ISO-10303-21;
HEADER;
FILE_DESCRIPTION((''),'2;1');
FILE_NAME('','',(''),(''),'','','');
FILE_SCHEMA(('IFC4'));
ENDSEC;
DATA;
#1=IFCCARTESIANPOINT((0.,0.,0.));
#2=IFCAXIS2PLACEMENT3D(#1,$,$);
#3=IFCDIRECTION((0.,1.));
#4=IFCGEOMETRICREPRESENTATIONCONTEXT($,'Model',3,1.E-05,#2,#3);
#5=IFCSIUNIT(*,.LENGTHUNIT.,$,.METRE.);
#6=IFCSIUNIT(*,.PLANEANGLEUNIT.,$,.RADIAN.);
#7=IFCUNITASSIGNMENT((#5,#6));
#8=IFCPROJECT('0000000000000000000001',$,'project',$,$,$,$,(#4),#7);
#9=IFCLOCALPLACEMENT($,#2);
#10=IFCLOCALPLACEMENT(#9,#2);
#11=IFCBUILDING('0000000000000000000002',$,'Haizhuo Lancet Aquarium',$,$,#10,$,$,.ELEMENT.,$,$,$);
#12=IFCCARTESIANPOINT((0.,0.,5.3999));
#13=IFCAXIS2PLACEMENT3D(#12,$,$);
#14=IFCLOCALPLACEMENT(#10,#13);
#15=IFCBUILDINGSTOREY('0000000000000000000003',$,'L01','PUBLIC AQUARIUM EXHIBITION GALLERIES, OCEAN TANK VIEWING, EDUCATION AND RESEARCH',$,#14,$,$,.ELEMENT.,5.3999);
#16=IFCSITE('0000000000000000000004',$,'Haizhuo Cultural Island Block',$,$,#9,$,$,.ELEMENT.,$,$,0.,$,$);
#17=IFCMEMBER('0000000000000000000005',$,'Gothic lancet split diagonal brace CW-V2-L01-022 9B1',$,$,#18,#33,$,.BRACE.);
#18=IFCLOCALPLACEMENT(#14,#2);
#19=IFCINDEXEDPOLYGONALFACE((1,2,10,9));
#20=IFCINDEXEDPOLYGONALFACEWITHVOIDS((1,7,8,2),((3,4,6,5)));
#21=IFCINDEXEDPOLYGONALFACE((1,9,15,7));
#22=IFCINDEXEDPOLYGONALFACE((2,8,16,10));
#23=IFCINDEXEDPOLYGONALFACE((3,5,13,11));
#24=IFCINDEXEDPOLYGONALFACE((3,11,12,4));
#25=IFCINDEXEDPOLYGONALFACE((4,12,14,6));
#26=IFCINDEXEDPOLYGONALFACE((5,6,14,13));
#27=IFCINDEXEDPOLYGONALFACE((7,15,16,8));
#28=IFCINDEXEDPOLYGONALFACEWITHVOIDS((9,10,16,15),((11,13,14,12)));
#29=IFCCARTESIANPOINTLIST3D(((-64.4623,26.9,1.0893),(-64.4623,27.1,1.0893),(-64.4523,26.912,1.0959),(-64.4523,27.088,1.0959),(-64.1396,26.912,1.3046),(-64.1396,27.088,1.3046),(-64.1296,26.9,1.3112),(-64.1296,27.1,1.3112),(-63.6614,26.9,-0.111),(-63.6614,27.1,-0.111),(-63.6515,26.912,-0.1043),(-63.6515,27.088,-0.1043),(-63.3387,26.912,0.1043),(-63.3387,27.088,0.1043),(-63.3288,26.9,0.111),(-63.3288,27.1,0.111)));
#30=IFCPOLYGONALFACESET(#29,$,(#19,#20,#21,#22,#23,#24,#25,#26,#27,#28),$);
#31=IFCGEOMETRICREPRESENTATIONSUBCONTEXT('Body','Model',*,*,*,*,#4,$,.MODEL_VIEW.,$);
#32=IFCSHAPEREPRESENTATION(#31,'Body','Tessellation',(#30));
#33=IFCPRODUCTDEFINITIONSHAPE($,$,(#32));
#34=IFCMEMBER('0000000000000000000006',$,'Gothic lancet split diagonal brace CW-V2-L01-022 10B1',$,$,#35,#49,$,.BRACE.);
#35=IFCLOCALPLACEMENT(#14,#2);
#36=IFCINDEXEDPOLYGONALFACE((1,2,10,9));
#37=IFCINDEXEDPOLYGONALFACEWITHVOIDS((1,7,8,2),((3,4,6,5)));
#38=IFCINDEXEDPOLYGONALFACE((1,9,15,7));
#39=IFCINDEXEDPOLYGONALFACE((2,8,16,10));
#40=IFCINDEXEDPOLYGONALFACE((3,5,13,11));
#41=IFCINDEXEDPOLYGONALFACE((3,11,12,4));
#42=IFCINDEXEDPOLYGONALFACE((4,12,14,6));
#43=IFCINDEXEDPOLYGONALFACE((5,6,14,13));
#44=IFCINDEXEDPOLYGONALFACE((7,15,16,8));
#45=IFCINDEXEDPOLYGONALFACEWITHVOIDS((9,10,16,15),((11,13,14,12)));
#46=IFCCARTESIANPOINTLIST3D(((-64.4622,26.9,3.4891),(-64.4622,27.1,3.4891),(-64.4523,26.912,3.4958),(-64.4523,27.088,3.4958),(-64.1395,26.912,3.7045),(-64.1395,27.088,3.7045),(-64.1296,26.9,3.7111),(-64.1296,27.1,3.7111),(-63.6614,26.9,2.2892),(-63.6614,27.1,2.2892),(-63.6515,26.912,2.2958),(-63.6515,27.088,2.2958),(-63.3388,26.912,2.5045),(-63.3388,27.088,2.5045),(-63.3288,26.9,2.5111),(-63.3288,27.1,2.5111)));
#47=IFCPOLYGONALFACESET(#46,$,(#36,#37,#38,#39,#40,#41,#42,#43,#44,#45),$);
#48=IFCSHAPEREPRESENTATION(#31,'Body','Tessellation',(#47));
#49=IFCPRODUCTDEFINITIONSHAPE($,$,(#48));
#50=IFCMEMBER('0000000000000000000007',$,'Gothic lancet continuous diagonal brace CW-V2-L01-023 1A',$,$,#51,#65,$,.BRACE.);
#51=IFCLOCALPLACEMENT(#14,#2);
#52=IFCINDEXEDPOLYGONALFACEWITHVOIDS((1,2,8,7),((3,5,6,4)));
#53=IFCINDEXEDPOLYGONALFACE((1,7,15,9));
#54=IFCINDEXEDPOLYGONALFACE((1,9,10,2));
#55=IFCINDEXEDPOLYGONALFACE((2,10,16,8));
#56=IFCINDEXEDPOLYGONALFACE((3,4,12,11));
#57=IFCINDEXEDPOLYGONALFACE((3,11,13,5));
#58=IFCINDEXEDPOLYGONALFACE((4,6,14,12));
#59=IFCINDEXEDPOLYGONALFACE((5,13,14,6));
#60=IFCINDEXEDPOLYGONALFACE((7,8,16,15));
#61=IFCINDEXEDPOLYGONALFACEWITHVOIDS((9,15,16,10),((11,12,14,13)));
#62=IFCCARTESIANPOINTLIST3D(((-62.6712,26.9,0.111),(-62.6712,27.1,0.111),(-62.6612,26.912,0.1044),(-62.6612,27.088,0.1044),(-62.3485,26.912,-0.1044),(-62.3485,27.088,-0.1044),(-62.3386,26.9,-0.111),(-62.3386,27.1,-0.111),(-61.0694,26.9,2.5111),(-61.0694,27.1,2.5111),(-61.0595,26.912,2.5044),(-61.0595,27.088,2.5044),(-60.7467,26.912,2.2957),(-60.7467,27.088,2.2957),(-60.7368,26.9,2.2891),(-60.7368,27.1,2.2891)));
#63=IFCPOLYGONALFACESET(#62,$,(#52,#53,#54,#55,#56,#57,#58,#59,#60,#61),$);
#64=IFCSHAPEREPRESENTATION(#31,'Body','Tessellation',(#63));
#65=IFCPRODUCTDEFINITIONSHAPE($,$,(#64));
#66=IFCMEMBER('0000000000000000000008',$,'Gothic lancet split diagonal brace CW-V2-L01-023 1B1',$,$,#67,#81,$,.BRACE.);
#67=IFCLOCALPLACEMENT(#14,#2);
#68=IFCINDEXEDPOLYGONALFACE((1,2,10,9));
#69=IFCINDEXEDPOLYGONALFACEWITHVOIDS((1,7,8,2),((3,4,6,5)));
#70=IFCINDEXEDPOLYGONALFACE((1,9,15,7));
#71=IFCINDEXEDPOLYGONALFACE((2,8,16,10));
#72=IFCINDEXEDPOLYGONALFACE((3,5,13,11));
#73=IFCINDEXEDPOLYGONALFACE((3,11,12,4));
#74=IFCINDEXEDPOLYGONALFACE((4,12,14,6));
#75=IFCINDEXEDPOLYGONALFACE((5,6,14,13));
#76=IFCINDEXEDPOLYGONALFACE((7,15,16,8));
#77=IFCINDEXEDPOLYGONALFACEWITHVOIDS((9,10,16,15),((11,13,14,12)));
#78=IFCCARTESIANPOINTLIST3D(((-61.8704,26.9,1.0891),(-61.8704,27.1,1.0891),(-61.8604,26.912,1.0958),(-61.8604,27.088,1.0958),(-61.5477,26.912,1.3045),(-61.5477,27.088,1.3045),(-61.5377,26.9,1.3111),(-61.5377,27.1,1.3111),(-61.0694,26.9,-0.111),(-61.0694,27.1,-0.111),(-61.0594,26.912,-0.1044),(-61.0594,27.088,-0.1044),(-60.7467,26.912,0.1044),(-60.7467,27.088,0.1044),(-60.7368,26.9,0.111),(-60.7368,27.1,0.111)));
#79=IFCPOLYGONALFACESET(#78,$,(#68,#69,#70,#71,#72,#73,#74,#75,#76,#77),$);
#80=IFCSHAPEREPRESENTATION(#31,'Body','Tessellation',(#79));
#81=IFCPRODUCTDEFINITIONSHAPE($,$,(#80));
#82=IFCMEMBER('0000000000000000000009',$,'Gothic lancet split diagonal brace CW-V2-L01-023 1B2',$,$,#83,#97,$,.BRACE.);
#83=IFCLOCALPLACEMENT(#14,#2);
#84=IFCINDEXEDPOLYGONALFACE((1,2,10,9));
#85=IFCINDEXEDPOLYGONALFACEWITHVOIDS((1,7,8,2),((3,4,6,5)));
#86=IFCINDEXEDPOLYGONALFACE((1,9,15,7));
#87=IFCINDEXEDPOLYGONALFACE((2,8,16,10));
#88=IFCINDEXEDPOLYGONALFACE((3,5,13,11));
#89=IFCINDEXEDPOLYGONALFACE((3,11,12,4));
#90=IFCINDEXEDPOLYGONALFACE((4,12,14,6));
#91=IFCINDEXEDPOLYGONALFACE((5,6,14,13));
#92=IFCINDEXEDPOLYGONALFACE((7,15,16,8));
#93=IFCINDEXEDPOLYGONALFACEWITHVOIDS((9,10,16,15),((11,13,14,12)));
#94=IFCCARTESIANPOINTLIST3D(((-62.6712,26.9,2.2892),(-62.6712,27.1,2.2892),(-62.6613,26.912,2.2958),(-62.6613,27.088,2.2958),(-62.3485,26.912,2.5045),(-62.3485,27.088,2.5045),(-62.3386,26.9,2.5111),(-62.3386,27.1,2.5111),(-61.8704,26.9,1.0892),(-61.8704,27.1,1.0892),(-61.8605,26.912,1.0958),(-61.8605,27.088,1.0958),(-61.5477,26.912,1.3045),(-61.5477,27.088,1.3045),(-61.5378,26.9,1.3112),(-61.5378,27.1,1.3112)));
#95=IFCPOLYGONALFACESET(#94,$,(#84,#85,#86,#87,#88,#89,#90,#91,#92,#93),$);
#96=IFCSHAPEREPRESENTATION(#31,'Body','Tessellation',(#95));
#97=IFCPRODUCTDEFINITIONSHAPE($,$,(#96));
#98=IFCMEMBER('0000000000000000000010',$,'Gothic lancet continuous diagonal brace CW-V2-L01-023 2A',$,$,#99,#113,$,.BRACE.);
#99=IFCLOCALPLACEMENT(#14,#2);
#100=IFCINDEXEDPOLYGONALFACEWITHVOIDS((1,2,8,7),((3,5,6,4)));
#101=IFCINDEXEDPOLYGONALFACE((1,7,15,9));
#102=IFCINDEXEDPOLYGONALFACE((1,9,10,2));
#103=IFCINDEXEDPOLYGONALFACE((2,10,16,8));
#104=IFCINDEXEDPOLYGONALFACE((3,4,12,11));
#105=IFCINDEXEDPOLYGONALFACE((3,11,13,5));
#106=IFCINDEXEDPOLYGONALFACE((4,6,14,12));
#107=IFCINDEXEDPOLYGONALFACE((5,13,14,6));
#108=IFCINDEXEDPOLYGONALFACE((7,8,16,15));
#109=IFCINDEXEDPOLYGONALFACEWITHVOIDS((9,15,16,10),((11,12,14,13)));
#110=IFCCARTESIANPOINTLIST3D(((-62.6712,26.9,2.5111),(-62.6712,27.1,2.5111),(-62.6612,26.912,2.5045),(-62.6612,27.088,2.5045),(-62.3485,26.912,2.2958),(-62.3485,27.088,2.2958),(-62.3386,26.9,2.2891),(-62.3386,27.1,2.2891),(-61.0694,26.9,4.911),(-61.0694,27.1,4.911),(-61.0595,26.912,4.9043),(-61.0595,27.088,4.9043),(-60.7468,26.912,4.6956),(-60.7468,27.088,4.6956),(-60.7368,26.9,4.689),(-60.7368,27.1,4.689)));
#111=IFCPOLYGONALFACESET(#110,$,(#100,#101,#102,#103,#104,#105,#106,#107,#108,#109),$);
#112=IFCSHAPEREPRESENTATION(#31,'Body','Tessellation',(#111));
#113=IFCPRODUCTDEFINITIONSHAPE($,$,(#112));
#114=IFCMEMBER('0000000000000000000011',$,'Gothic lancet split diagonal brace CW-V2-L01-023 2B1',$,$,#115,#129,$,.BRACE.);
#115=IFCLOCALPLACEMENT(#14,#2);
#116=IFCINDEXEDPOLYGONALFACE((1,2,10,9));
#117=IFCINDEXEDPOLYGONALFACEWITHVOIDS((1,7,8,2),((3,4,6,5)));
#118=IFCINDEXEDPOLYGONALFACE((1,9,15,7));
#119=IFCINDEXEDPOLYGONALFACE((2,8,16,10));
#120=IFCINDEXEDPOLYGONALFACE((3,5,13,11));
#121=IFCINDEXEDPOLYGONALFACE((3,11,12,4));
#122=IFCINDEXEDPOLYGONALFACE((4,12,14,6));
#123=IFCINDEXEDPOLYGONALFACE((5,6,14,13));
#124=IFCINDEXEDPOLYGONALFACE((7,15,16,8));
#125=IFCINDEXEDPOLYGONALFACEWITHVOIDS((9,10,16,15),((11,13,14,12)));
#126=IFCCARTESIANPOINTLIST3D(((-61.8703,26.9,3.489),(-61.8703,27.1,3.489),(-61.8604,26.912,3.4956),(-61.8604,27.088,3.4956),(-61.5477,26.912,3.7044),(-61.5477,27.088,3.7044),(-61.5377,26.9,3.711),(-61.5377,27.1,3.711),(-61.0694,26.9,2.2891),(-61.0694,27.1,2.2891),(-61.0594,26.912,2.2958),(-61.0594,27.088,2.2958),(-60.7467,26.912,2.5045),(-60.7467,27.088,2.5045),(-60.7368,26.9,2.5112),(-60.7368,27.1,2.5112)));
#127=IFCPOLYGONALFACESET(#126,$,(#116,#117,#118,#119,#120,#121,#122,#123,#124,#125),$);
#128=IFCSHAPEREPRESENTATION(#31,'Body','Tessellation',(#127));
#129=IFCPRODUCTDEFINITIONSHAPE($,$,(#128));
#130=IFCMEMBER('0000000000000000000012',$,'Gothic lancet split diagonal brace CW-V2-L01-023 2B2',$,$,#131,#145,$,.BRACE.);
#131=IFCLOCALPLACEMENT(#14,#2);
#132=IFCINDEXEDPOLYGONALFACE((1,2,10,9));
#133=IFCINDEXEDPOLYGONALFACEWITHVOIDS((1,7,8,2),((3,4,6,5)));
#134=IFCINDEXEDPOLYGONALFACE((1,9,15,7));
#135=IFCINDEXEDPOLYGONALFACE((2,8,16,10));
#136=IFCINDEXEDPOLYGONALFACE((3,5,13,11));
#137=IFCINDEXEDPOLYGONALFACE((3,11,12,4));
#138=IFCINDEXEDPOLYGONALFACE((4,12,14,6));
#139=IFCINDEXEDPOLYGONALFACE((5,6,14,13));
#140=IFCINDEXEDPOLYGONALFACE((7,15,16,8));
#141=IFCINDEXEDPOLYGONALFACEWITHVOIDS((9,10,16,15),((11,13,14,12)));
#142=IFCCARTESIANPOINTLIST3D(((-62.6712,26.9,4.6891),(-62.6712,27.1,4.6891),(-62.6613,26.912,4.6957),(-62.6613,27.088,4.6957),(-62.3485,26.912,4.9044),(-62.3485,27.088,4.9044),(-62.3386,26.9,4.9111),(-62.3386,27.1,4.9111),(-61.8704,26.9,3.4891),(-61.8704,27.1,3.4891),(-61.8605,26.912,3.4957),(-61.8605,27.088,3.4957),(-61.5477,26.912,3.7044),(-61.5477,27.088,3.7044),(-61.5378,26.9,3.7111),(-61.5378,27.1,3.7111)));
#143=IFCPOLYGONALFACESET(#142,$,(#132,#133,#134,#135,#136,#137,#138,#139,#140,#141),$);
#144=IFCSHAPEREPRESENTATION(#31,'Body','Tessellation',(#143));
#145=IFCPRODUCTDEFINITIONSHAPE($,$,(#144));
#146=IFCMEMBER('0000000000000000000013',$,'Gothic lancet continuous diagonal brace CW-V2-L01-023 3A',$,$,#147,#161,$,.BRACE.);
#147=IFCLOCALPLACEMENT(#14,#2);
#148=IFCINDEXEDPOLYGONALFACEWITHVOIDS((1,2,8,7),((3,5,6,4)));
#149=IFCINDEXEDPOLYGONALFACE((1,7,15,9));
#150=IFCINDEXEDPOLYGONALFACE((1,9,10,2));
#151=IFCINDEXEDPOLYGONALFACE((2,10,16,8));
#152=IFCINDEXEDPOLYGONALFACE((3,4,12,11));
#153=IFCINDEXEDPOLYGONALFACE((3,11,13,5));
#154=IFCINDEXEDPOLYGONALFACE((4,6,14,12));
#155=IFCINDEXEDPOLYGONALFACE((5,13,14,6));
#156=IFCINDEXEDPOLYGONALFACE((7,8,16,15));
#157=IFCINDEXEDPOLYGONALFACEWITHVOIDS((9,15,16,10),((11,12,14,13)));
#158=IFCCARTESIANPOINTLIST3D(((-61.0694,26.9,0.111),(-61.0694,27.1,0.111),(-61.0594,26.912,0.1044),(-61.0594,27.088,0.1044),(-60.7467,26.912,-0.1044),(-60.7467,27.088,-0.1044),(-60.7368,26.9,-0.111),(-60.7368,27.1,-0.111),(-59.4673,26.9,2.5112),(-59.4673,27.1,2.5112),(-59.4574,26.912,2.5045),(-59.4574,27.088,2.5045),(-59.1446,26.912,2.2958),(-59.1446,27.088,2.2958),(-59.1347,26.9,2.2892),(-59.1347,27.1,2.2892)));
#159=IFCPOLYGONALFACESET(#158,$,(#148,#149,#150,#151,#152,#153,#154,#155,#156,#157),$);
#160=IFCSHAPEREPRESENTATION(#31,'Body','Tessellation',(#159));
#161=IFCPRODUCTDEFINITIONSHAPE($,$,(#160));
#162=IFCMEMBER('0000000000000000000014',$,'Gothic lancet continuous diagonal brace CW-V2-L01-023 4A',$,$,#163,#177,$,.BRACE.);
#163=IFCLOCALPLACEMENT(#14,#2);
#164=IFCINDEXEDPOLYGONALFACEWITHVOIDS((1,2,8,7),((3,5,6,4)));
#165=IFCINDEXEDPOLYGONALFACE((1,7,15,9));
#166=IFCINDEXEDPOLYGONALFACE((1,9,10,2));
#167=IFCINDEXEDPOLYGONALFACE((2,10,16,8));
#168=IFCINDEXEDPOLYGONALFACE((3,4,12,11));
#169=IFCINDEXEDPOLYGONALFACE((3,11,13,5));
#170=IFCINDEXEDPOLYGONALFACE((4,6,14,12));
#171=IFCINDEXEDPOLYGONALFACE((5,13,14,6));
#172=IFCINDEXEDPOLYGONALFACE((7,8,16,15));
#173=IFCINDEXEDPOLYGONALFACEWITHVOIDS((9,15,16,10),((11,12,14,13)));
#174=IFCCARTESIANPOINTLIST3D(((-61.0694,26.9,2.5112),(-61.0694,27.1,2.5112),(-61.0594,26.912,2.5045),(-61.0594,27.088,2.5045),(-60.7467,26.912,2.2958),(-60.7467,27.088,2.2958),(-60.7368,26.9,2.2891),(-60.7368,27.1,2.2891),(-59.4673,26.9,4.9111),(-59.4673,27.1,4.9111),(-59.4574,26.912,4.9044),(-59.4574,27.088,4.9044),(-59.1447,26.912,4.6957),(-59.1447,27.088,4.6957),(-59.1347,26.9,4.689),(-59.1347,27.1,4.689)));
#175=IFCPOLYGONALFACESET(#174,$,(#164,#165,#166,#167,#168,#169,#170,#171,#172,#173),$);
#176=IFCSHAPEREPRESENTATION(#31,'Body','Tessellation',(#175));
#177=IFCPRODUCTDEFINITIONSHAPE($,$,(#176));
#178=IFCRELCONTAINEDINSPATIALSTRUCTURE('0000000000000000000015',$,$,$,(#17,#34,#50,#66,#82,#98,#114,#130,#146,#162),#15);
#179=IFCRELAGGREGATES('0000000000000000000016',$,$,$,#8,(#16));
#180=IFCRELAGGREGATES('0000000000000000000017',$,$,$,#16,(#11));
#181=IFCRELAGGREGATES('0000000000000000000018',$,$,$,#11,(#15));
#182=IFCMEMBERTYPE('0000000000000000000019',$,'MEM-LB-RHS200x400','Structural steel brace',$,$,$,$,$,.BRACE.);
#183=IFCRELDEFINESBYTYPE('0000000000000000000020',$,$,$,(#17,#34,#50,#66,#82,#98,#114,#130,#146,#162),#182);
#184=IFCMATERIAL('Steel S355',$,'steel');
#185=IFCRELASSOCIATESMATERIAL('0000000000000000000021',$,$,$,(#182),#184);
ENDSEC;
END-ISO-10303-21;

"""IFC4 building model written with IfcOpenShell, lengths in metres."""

from ifc_helpers import new_model, si_unit, direction, frame, origin, origin_2d, place, context, subcontext, project, spatial, hollow_rectangle, extrude, material, material_profile, profile_set, type_object, element, save


model = new_model("IFC4")

# Units and contexts
model_context = context("Model", 3, precision=1e-05, world=origin(), true_north=direction((0.0, 1.0)))
body_context = subcontext(model_context, "Body", "Model", "MODEL_VIEW")
ifc_project = project(units=[si_unit("LENGTHUNIT", "METRE"), si_unit("PLANEANGLEUNIT", "RADIAN")], contexts=[model_context])

# Site, building, storey
site_placement = place(None, origin())
site = spatial("IfcSite", under=ifc_project, at=site_placement, Name="Haizhuo Cultural Island Block", CompositionType="ELEMENT", RefElevation=0.0)
building_placement = place(site_placement, origin())
building = spatial("IfcBuilding", under=site, at=building_placement, Name="Haizhuo Lancet Aquarium", CompositionType="ELEMENT")
storey_placement = place(building_placement, frame((0.0, 0.0, 5.3999)))
storey = spatial("IfcBuildingStorey", under=building, at=storey_placement, Name="L01", Description="PUBLIC AQUARIUM EXHIBITION GALLERIES, OCEAN TANK VIEWING, EDUCATION AND RESEARCH", CompositionType="ELEMENT", Elevation=5.3999)

# Shared definitions
ifc_material_1 = material(Name="Steel S355", Category="steel")

# Members
ifc_material_profile_1 = material_profile(ifc_material_1, hollow_rectangle(XDim=0.2, YDim=0.3999, WallThickness=0.012, at=origin_2d()), Name="RHS 200x400x12")
ifc_profile_set_1 = profile_set([ifc_material_profile_1], Name="Steel S355")
member_type_1 = type_object("IfcMemberType", Name="MEM-LB-RHS200x400", Description="Structural steel brace", PredefinedType="BRACE", material=ifc_profile_set_1)
member_1_placement = place(storey_placement, frame((-63.4951, 27.0, 0.0), z_axis=(-0.555013, 0.0, 0.831842), x_axis=(0.0, -1.0, 0.0)))
element("IfcMember", 1, at=member_1_placement, inside=storey, type_object=member_type_1, Name="Gothic lancet split diagonal brace CW-V2-L01-022 9B1", PredefinedType="BRACE", context=body_context, shape_type="SweptSolid", body=[
    extrude(hollow_rectangle(XDim=0.2, YDim=0.3999, WallThickness=0.012, at=origin_2d()), origin(), (0.0, 0.0, 1.0), 1.4429),
])
member_2_placement = place(storey_placement, frame((-63.4951, 27.0, 2.4001), z_axis=(-0.555091, 0.0, 0.83179), x_axis=(0.0, -1.0, 0.0)))
element("IfcMember", 2, at=member_2_placement, inside=storey, type_object=member_type_1, Name="Gothic lancet split diagonal brace CW-V2-L01-022 10B1", PredefinedType="BRACE", context=body_context, shape_type="SweptSolid", body=[
    extrude(hollow_rectangle(XDim=0.2, YDim=0.3999, WallThickness=0.012, at=origin_2d()), origin(), (0.0, 0.0, 1.0), 1.4426),
])
member_3_placement = place(storey_placement, frame((-62.5049, 27.0, 0.0), z_axis=(0.55511, 0.0, 0.831777), x_axis=(0.0, 1.0, 0.0)))
element("IfcMember", 3, at=member_3_placement, inside=storey, type_object=member_type_1, Name="Gothic lancet continuous diagonal brace CW-V2-L01-023 1A", PredefinedType="BRACE", context=body_context, shape_type="SweptSolid", body=[
    extrude(hollow_rectangle(XDim=0.2, YDim=0.3999, WallThickness=0.012, at=origin_2d()), origin(), (0.0, 0.0, 1.0), 2.8855),
])
member_4_placement = place(storey_placement, frame((-60.9031, 27.0, 0.0), z_axis=(-0.55513, 0.0, 0.831764), x_axis=(0.0, -1.0, 0.0)))
element("IfcMember", 4, at=member_4_placement, inside=storey, type_object=member_type_1, Name="Gothic lancet split diagonal brace CW-V2-L01-023 1B1", PredefinedType="BRACE", context=body_context, shape_type="SweptSolid", body=[
    extrude(hollow_rectangle(XDim=0.2, YDim=0.3999, WallThickness=0.012, at=origin_2d()), origin(), (0.0, 0.0, 1.0), 1.4429),
])
member_5_placement = place(storey_placement, frame((-61.7041, 27.0, 1.2002), z_axis=(-0.555091, 0.0, 0.83179), x_axis=(0.0, -1.0, 0.0)))
element("IfcMember", 5, at=member_5_placement, inside=storey, type_object=member_type_1, Name="Gothic lancet split diagonal brace CW-V2-L01-023 1B2", PredefinedType="BRACE", context=body_context, shape_type="SweptSolid", body=[
    extrude(hollow_rectangle(XDim=0.2, YDim=0.3999, WallThickness=0.012, at=origin_2d()), origin(), (0.0, 0.0, 1.0), 1.4426),
])
member_6_placement = place(storey_placement, frame((-62.5049, 27.0, 2.4001), z_axis=(0.555149, 0.0, 0.831751), x_axis=(0.0, 1.0, 0.0)))
element("IfcMember", 6, at=member_6_placement, inside=storey, type_object=member_type_1, Name="Gothic lancet continuous diagonal brace CW-V2-L01-023 2A", PredefinedType="BRACE", context=body_context, shape_type="SweptSolid", body=[
    extrude(hollow_rectangle(XDim=0.2, YDim=0.3999, WallThickness=0.012, at=origin_2d()), origin(), (0.0, 0.0, 1.0), 2.8853),
])
for number, where, z_axis, x_axis, name in (
    (7, (-60.9031, 27.0, 2.4001), (-0.555208, 0.0, 0.831712), (0.0, -1.0, 0.0), "Gothic lancet split diagonal brace CW-V2-L01-023 2B1"),
    (8, (-61.7041, 27.0, 3.6001), (-0.555091, 0.0, 0.83179), (0.0, -1.0, 0.0), "Gothic lancet split diagonal brace CW-V2-L01-023 2B2"),
):
    element("IfcMember", number, at=place(storey_placement, frame(where, z_axis=z_axis, x_axis=x_axis)), inside=storey, type_object=member_type_1, Name=name, PredefinedType="BRACE", context=body_context, shape_type="SweptSolid", body=[
        extrude(hollow_rectangle(XDim=0.2, YDim=0.3999, WallThickness=0.012, at=origin_2d()), origin(), (0.0, 0.0, 1.0), 1.4426),
    ])
member_7_placement = place(storey_placement, frame((-60.9031, 27.0, 0.0), z_axis=(0.555169, 0.0, 0.831738), x_axis=(0.0, 1.0, 0.0)))
element("IfcMember", 9, at=member_7_placement, inside=storey, type_object=member_type_1, Name="Gothic lancet continuous diagonal brace CW-V2-L01-023 3A", PredefinedType="BRACE", context=body_context, shape_type="SweptSolid", body=[
    extrude(hollow_rectangle(XDim=0.2, YDim=0.3999, WallThickness=0.012, at=origin_2d()), origin(), (0.0, 0.0, 1.0), 2.8857),
])
member_8_placement = place(storey_placement, frame((-60.9031, 27.0, 2.4001), z_axis=(0.555208, 0.0, 0.831712), x_axis=(0.0, 1.0, 0.0)))
element("IfcMember", 10, at=member_8_placement, inside=storey, type_object=member_type_1, Name="Gothic lancet continuous diagonal brace CW-V2-L01-023 4A", PredefinedType="BRACE", context=body_context, shape_type="SweptSolid", body=[
    extrude(hollow_rectangle(XDim=0.2, YDim=0.3999, WallThickness=0.012, at=origin_2d()), origin(), (0.0, 0.0, 1.0), 2.8855),
])

save(model, "model.ifc")
